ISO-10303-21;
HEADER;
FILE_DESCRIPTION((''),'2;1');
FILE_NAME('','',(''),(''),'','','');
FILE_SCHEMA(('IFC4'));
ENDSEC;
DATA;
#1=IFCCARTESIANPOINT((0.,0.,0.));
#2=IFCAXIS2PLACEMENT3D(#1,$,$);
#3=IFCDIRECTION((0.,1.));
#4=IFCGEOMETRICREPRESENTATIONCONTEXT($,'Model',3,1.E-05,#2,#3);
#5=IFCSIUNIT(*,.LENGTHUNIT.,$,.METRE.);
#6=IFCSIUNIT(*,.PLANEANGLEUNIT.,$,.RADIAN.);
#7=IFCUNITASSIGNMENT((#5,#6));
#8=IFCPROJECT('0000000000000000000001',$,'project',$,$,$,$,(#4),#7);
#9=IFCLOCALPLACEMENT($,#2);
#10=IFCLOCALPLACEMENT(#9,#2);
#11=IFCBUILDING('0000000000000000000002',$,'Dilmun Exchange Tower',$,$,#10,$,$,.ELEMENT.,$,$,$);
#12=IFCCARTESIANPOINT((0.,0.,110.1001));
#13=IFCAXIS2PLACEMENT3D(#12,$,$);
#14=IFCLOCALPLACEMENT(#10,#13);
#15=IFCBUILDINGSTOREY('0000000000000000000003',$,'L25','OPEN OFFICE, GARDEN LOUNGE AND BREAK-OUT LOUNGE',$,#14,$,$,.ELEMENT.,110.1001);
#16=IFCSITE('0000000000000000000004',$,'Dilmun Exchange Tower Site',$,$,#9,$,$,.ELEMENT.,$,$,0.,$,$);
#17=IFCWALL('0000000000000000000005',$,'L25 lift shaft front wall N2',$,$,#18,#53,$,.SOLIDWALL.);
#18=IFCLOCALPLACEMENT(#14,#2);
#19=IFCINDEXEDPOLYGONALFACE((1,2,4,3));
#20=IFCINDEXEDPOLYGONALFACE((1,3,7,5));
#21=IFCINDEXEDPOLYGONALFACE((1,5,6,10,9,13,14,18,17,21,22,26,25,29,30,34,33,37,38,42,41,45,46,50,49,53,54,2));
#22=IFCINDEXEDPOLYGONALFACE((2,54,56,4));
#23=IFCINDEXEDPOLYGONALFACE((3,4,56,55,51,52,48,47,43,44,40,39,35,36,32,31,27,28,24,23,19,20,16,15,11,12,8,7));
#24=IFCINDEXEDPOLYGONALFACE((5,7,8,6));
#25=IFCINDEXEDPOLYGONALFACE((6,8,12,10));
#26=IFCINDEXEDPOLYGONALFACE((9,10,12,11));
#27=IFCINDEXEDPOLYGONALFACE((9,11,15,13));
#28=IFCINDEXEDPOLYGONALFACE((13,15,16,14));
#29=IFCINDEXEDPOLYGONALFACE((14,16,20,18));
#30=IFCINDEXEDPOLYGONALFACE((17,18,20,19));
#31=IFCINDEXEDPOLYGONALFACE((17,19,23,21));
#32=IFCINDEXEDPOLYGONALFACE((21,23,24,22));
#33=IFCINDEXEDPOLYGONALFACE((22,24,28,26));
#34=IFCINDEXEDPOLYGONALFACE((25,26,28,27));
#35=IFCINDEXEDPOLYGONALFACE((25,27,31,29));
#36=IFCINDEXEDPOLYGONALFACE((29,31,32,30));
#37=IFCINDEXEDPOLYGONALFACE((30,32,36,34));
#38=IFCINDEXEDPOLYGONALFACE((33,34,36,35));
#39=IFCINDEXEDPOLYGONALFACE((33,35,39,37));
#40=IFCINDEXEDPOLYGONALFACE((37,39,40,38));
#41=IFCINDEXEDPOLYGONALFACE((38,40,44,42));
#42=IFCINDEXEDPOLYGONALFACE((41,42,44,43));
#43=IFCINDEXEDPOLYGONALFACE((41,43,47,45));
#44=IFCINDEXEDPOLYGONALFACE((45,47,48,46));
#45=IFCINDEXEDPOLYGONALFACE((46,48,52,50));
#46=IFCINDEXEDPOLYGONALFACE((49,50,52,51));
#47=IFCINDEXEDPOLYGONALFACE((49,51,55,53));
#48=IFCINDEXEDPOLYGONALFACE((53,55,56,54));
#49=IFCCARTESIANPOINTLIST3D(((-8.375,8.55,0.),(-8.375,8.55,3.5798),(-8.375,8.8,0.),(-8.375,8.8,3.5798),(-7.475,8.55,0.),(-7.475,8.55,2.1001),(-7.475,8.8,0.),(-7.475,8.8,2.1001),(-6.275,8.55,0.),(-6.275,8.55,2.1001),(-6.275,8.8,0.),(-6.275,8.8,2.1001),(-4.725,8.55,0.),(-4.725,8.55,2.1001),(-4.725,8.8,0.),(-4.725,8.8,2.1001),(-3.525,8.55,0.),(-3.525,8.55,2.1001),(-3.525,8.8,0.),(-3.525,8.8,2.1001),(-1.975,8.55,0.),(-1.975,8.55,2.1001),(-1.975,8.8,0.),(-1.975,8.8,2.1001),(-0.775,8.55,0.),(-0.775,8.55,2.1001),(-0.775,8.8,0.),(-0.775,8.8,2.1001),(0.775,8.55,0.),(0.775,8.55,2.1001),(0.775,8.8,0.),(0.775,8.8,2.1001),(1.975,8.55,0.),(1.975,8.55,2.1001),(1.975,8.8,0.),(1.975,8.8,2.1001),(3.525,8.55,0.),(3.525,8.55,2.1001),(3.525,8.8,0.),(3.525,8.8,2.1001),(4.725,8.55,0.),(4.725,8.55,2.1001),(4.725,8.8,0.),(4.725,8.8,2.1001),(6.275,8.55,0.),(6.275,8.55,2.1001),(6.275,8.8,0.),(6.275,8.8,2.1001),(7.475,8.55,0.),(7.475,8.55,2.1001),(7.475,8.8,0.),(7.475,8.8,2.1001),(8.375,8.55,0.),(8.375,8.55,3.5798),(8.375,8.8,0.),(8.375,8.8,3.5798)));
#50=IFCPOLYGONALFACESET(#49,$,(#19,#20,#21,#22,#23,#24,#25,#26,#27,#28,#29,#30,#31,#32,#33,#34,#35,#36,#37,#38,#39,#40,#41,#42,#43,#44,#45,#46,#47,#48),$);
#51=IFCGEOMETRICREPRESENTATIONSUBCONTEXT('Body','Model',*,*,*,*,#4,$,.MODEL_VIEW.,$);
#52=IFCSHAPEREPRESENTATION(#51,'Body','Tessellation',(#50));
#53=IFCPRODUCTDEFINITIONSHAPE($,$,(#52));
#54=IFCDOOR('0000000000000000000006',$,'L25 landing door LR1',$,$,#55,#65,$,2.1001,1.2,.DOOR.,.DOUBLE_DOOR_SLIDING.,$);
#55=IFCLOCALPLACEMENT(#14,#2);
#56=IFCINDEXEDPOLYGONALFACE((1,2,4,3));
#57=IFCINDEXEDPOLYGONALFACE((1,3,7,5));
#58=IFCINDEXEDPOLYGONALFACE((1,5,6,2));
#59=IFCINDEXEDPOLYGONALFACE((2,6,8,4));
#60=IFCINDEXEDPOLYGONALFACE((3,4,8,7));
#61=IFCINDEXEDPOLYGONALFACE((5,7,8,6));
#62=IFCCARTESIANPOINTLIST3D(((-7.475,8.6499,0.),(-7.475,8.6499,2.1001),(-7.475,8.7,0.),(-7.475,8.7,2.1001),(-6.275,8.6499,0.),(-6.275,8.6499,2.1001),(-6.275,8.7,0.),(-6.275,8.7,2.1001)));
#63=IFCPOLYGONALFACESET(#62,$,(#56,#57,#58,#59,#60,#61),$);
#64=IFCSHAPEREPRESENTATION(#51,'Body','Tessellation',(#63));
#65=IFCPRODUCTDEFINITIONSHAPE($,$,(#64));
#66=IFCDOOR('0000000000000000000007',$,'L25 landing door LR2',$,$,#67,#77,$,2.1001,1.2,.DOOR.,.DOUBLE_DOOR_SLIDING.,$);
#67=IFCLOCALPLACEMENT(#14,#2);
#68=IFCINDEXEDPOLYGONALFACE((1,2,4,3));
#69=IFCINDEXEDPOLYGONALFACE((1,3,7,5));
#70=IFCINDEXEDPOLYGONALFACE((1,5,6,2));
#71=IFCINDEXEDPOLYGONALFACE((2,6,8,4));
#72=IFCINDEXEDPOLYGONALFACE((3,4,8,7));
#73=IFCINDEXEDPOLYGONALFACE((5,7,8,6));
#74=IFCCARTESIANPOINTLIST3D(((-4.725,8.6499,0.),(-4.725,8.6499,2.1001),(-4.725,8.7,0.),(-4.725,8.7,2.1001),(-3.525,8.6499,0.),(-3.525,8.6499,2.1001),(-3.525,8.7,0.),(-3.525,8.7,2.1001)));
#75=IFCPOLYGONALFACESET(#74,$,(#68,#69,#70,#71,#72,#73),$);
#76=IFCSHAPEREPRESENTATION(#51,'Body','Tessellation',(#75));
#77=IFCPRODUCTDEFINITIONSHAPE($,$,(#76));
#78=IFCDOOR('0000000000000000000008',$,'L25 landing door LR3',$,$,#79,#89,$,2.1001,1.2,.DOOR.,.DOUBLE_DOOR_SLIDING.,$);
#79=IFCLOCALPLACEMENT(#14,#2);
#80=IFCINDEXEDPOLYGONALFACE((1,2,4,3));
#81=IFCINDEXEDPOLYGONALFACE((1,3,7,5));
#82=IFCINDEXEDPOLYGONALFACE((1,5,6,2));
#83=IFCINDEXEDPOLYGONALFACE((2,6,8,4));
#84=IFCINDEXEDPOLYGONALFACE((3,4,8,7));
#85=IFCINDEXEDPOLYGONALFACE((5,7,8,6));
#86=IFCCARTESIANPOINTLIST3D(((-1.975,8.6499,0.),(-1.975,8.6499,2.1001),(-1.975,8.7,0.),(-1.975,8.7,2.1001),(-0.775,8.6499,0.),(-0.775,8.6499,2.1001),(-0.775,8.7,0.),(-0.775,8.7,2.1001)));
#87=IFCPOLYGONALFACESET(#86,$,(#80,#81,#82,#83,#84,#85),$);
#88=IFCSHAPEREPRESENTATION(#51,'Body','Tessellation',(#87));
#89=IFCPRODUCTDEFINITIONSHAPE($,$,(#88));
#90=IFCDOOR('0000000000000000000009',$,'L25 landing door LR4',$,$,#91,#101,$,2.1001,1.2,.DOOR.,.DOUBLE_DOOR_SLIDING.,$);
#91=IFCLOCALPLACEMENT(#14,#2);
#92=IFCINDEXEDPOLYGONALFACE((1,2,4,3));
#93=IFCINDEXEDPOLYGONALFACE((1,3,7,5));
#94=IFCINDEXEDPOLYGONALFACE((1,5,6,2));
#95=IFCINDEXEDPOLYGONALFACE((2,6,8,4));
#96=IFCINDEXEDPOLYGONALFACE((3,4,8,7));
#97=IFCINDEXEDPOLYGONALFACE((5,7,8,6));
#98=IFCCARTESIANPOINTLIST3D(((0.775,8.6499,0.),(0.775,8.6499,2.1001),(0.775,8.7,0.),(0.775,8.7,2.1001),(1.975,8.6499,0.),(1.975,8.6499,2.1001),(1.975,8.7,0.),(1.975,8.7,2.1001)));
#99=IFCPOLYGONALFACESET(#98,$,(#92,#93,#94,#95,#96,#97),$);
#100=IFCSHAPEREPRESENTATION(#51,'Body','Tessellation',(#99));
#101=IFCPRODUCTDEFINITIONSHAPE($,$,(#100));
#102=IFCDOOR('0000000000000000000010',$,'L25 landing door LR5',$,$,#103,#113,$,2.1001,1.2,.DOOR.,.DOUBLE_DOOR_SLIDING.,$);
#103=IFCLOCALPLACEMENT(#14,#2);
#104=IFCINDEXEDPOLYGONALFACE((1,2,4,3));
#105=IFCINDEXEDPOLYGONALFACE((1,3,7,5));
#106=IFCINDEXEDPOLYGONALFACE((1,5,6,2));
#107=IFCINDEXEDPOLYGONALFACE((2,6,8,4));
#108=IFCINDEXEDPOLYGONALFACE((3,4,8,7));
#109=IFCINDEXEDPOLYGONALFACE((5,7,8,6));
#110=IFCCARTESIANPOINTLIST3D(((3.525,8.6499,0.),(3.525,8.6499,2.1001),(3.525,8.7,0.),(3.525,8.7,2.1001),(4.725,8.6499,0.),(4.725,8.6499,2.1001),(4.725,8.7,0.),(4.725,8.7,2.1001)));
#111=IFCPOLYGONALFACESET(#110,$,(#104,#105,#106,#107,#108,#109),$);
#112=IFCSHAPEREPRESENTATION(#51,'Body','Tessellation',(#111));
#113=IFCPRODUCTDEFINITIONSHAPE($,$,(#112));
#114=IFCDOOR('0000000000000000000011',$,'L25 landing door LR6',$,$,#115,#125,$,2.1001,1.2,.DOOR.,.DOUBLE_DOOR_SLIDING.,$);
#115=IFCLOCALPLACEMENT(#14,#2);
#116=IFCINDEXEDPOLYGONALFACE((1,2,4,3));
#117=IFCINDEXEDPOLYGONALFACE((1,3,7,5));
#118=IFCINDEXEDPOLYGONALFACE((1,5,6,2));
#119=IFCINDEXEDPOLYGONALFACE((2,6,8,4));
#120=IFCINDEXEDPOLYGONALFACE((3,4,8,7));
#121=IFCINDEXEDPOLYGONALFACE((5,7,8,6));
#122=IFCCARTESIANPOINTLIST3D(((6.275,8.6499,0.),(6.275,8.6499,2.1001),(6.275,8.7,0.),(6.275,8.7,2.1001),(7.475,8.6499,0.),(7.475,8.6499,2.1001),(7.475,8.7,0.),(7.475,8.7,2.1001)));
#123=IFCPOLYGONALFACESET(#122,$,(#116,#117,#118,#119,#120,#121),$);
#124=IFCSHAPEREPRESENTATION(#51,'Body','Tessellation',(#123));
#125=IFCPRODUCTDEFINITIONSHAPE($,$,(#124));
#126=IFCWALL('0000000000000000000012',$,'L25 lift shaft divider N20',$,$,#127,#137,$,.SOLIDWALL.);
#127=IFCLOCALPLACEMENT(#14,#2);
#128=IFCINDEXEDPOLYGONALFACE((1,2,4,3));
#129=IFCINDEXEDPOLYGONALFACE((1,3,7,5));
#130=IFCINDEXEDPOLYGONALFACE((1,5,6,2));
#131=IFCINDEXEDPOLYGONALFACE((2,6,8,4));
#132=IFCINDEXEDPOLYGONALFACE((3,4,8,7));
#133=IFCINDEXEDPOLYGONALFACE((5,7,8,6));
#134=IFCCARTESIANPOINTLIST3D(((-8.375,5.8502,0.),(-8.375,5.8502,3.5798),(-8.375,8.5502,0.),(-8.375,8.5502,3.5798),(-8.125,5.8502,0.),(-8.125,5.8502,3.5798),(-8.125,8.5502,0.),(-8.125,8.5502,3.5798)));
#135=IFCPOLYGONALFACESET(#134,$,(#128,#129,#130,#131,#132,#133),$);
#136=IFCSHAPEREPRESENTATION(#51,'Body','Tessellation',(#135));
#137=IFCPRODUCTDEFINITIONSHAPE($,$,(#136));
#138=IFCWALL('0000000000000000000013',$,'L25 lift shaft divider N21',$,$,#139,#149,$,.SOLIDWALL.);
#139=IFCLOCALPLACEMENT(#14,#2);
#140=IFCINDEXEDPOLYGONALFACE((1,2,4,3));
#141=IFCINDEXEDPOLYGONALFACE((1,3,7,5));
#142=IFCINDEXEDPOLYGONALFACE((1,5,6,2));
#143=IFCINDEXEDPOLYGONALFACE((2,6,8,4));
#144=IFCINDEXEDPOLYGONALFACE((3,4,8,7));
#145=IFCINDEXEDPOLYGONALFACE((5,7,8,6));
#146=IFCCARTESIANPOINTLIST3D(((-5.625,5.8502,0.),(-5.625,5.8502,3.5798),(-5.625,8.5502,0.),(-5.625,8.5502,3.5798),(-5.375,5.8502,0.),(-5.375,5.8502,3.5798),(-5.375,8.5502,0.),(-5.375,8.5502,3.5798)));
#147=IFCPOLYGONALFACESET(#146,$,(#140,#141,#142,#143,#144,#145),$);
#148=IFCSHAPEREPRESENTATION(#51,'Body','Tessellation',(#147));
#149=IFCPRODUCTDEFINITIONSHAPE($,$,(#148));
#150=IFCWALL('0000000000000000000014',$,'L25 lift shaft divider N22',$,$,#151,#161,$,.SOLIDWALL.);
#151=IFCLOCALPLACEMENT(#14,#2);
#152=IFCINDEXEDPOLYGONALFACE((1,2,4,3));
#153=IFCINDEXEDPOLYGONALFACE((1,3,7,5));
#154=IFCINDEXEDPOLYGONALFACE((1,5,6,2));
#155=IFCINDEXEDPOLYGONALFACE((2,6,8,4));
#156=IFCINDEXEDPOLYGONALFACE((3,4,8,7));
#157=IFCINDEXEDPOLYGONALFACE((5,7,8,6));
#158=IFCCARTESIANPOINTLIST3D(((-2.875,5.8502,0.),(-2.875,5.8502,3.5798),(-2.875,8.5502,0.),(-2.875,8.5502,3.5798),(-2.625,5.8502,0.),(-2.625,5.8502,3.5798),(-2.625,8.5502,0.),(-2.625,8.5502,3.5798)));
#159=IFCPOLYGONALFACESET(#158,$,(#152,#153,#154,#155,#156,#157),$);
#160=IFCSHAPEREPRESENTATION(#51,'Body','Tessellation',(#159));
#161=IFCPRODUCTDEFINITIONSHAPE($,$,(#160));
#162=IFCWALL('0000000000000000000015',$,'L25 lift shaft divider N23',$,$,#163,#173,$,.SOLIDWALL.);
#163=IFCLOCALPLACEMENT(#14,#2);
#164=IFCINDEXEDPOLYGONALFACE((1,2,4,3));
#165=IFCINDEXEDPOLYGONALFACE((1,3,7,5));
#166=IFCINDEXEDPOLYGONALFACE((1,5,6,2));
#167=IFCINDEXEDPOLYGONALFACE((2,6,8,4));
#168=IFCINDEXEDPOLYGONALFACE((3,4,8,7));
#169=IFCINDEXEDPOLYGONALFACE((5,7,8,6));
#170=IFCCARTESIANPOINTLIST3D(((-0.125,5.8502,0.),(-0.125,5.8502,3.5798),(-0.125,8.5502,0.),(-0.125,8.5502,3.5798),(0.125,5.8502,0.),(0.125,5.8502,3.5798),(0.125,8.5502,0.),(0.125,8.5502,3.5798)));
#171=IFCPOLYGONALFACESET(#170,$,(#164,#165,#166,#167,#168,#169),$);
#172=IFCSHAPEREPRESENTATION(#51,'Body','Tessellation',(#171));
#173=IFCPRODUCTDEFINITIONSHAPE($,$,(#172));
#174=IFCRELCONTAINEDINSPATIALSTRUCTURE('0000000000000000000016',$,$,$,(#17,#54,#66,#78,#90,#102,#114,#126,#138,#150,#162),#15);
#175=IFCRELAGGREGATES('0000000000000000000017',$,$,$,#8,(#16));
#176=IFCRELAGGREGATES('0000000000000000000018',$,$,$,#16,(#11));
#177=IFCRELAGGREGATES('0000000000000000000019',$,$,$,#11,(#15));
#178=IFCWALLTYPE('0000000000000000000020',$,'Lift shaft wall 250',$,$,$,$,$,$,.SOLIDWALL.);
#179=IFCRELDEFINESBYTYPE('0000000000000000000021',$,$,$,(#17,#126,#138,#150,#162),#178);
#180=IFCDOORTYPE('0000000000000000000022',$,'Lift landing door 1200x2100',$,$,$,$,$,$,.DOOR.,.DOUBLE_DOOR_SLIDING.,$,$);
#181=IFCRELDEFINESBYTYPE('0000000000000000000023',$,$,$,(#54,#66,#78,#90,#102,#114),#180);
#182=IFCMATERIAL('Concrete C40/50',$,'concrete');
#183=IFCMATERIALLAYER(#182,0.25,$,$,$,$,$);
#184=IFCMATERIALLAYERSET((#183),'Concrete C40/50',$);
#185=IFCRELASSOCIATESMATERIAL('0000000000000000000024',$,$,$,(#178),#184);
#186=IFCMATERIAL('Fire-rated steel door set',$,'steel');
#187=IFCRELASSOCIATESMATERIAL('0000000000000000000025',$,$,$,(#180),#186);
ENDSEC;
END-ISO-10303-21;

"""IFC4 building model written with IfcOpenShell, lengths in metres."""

from ifc_helpers import new_model, si_unit, direction, frame, frame_2d, origin, place, context, subcontext, project, spatial, rectangle, extrude, material, layer, layer_set, type_object, element, fill, save


model = new_model("IFC4")

# Units and contexts
model_context = context("Model", 3, precision=1e-05, world=origin(), true_north=direction((0.0, 1.0)))
body_context = subcontext(model_context, "Body", "Model", "MODEL_VIEW")
ifc_project = project(units=[si_unit("LENGTHUNIT", "METRE"), si_unit("PLANEANGLEUNIT", "RADIAN")], contexts=[model_context])

# Site, building, storey
site_placement = place(None, origin())
site = spatial("IfcSite", under=ifc_project, at=site_placement, Name="Dilmun Exchange Tower Site", CompositionType="ELEMENT", RefElevation=0.0)
building_placement = place(site_placement, origin())
building = spatial("IfcBuilding", under=site, at=building_placement, Name="Dilmun Exchange Tower", CompositionType="ELEMENT")
storey_placement = place(building_placement, frame((0.0, 0.0, 110.1001)))
storey = spatial("IfcBuildingStorey", under=building, at=storey_placement, Name="L25", Description="OPEN OFFICE, GARDEN LOUNGE AND BREAK-OUT LOUNGE", CompositionType="ELEMENT", Elevation=110.1001)

# Shared definitions
ifc_material_1 = material(Name="Concrete C40/50", Category="concrete")

# Shared definitions
ifc_material_2 = material(Name="Fire-rated steel door set", Category="steel")

# Wall, openings, doors
ifc_layer_1 = layer(ifc_material_1, 0.25)
ifc_layer_set_1 = layer_set([ifc_layer_1], Name="Concrete C40/50")
wall_type_1 = type_object("IfcWallType", Name="Lift shaft wall 250", PredefinedType="SOLIDWALL", material=ifc_layer_set_1)
wall_1_placement = place(storey_placement, frame((-8.375, 8.675, 0.0), z_axis=(0.0, 0.0, 1.0), x_axis=(1.0, 0.0, 0.0)))
wall_1 = element("IfcWall", 1, at=wall_1_placement, inside=storey, type_object=wall_type_1, Name="L25 lift shaft front wall N2", PredefinedType="SOLIDWALL", context=body_context, shape_type="SweptSolid", body=[
    extrude(rectangle(XDim=16.75, YDim=0.25, at=frame_2d((8.375, 0.0))), origin(), (0.0, 0.0, 1.0), 3.5798),
])
opening_1_placement = place(wall_1_placement, frame((0.8999, 0.0, 0.0)))
opening_1 = element("IfcOpeningElement", 2, at=opening_1_placement, cuts=wall_1, PredefinedType="OPENING", context=body_context, shape_type="SweptSolid", body=[
    extrude(rectangle(XDim=1.2, YDim=2.1001, at=frame_2d((0.6001, 1.05))), frame((0.0, 0.135, 0.0), z_axis=(0.0, -1.0, 0.0), x_axis=(1.0, 0.0, 0.0)), (0.0, 0.0, 1.0), 0.27),
])
opening_2_placement = place(wall_1_placement, frame((3.6499, 0.0, 0.0)))
opening_2 = element("IfcOpeningElement", 3, at=opening_2_placement, cuts=wall_1, PredefinedType="OPENING", context=body_context, shape_type="SweptSolid", body=[
    extrude(rectangle(XDim=1.2, YDim=2.1001, at=frame_2d((0.6001, 1.05))), frame((0.0, 0.135, 0.0), z_axis=(0.0, -1.0, 0.0), x_axis=(1.0, 0.0, 0.0)), (0.0, 0.0, 1.0), 0.27),
])
opening_3_placement = place(wall_1_placement, frame((6.3999, 0.0, 0.0)))
opening_3 = element("IfcOpeningElement", 4, at=opening_3_placement, cuts=wall_1, PredefinedType="OPENING", context=body_context, shape_type="SweptSolid", body=[
    extrude(rectangle(XDim=1.2, YDim=2.1001, at=frame_2d((0.6001, 1.05))), frame((0.0, 0.135, 0.0), z_axis=(0.0, -1.0, 0.0), x_axis=(1.0, 0.0, 0.0)), (0.0, 0.0, 1.0), 0.27),
])
opening_4_placement = place(wall_1_placement, frame((9.1499, 0.0, 0.0)))
opening_4 = element("IfcOpeningElement", 5, at=opening_4_placement, cuts=wall_1, PredefinedType="OPENING", context=body_context, shape_type="SweptSolid", body=[
    extrude(rectangle(XDim=1.2, YDim=2.1001, at=frame_2d((0.6001, 1.05))), frame((0.0, 0.135, 0.0), z_axis=(0.0, -1.0, 0.0), x_axis=(1.0, 0.0, 0.0)), (0.0, 0.0, 1.0), 0.27),
])
opening_5_placement = place(wall_1_placement, frame((11.8999, 0.0, 0.0)))
opening_5 = element("IfcOpeningElement", 6, at=opening_5_placement, cuts=wall_1, PredefinedType="OPENING", context=body_context, shape_type="SweptSolid", body=[
    extrude(rectangle(XDim=1.2, YDim=2.1001, at=frame_2d((0.6001, 1.05))), frame((0.0, 0.135, 0.0), z_axis=(0.0, -1.0, 0.0), x_axis=(1.0, 0.0, 0.0)), (0.0, 0.0, 1.0), 0.27),
])
opening_6_placement = place(wall_1_placement, frame((14.6499, 0.0, 0.0)))
opening_6 = element("IfcOpeningElement", 7, at=opening_6_placement, cuts=wall_1, PredefinedType="OPENING", context=body_context, shape_type="SweptSolid", body=[
    extrude(rectangle(XDim=1.2, YDim=2.1001, at=frame_2d((0.6001, 1.05))), frame((0.0, 0.135, 0.0), z_axis=(0.0, -1.0, 0.0), x_axis=(1.0, 0.0, 0.0)), (0.0, 0.0, 1.0), 0.27),
])
door_type_1 = type_object("IfcDoorType", Name="Lift landing door 1200x2100", OperationType="DOUBLE_DOOR_SLIDING", PredefinedType="DOOR", material=ifc_material_2)
door_1_placement = place(opening_1_placement, origin())
door_1 = element("IfcDoor", 8, at=door_1_placement, inside=storey, type_object=door_type_1, Name="L25 landing door LR1", OperationType="DOUBLE_DOOR_SLIDING", OverallHeight=2.1001, OverallWidth=1.2, PredefinedType="DOOR", context=body_context, shape_type="SweptSolid", body=[
    extrude(rectangle(XDim=1.2, YDim=2.1001, at=frame_2d((0.6001, 1.05))), frame((0.0, 0.0249, 0.0), z_axis=(0.0, -1.0, 0.0), x_axis=(1.0, 0.0, 0.0)), (0.0, 0.0, 1.0), 0.05),
])
fill(opening_1, door_1)
door_2_placement = place(opening_2_placement, origin())
door_2 = element("IfcDoor", 9, at=door_2_placement, inside=storey, type_object=door_type_1, Name="L25 landing door LR2", OperationType="DOUBLE_DOOR_SLIDING", OverallHeight=2.1001, OverallWidth=1.2, PredefinedType="DOOR", context=body_context, shape_type="SweptSolid", body=[
    extrude(rectangle(XDim=1.2, YDim=2.1001, at=frame_2d((0.6001, 1.05))), frame((0.0, 0.0249, 0.0), z_axis=(0.0, -1.0, 0.0), x_axis=(1.0, 0.0, 0.0)), (0.0, 0.0, 1.0), 0.05),
])
fill(opening_2, door_2)
door_3_placement = place(opening_3_placement, origin())
door_3 = element("IfcDoor", 10, at=door_3_placement, inside=storey, type_object=door_type_1, Name="L25 landing door LR3", OperationType="DOUBLE_DOOR_SLIDING", OverallHeight=2.1001, OverallWidth=1.2, PredefinedType="DOOR", context=body_context, shape_type="SweptSolid", body=[
    extrude(rectangle(XDim=1.2, YDim=2.1001, at=frame_2d((0.6001, 1.05))), frame((0.0, 0.0249, 0.0), z_axis=(0.0, -1.0, 0.0), x_axis=(1.0, 0.0, 0.0)), (0.0, 0.0, 1.0), 0.05),
])
fill(opening_3, door_3)
door_4_placement = place(opening_4_placement, origin())
door_4 = element("IfcDoor", 11, at=door_4_placement, inside=storey, type_object=door_type_1, Name="L25 landing door LR4", OperationType="DOUBLE_DOOR_SLIDING", OverallHeight=2.1001, OverallWidth=1.2, PredefinedType="DOOR", context=body_context, shape_type="SweptSolid", body=[
    extrude(rectangle(XDim=1.2, YDim=2.1001, at=frame_2d((0.6001, 1.05))), frame((0.0, 0.0249, 0.0), z_axis=(0.0, -1.0, 0.0), x_axis=(1.0, 0.0, 0.0)), (0.0, 0.0, 1.0), 0.05),
])
fill(opening_4, door_4)
door_5_placement = place(opening_5_placement, origin())
door_5 = element("IfcDoor", 12, at=door_5_placement, inside=storey, type_object=door_type_1, Name="L25 landing door LR5", OperationType="DOUBLE_DOOR_SLIDING", OverallHeight=2.1001, OverallWidth=1.2, PredefinedType="DOOR", context=body_context, shape_type="SweptSolid", body=[
    extrude(rectangle(XDim=1.2, YDim=2.1001, at=frame_2d((0.6001, 1.05))), frame((0.0, 0.0249, 0.0), z_axis=(0.0, -1.0, 0.0), x_axis=(1.0, 0.0, 0.0)), (0.0, 0.0, 1.0), 0.05),
])
fill(opening_5, door_5)
door_6_placement = place(opening_6_placement, origin())
door_6 = element("IfcDoor", 13, at=door_6_placement, inside=storey, type_object=door_type_1, Name="L25 landing door LR6", OperationType="DOUBLE_DOOR_SLIDING", OverallHeight=2.1001, OverallWidth=1.2, PredefinedType="DOOR", context=body_context, shape_type="SweptSolid", body=[
    extrude(rectangle(XDim=1.2, YDim=2.1001, at=frame_2d((0.6001, 1.05))), frame((0.0, 0.0249, 0.0), z_axis=(0.0, -1.0, 0.0), x_axis=(1.0, 0.0, 0.0)), (0.0, 0.0, 1.0), 0.05),
])
fill(opening_6, door_6)

# Walls
for number, where, z_axis, x_axis, name in (
    (14, (-8.25, 5.8501, 0.0), (0.0, 0.0, 1.0), (0.0, 1.0, 0.0), "L25 lift shaft divider N20"),
    (15, (-5.5, 5.8501, 0.0), (0.0, 0.0, 1.0), (0.0, 1.0, 0.0), "L25 lift shaft divider N21"),
    (16, (-2.75, 5.8501, 0.0), (0.0, 0.0, 1.0), (0.0, 1.0, 0.0), "L25 lift shaft divider N22"),
    (17, (0.0, 5.8501, 0.0), (0.0, 0.0, 1.0), (0.0, 1.0, 0.0), "L25 lift shaft divider N23"),
):
    element("IfcWall", number, at=place(storey_placement, frame(where, z_axis=z_axis, x_axis=x_axis)), inside=storey, type_object=wall_type_1, Name=name, PredefinedType="SOLIDWALL", context=body_context, shape_type="SweptSolid", body=[
        extrude(rectangle(XDim=2.7, YDim=0.25, at=frame_2d((1.3501, 0.0))), origin(), (0.0, 0.0, 1.0), 3.5798),
    ])

save(model, "model.ifc")
